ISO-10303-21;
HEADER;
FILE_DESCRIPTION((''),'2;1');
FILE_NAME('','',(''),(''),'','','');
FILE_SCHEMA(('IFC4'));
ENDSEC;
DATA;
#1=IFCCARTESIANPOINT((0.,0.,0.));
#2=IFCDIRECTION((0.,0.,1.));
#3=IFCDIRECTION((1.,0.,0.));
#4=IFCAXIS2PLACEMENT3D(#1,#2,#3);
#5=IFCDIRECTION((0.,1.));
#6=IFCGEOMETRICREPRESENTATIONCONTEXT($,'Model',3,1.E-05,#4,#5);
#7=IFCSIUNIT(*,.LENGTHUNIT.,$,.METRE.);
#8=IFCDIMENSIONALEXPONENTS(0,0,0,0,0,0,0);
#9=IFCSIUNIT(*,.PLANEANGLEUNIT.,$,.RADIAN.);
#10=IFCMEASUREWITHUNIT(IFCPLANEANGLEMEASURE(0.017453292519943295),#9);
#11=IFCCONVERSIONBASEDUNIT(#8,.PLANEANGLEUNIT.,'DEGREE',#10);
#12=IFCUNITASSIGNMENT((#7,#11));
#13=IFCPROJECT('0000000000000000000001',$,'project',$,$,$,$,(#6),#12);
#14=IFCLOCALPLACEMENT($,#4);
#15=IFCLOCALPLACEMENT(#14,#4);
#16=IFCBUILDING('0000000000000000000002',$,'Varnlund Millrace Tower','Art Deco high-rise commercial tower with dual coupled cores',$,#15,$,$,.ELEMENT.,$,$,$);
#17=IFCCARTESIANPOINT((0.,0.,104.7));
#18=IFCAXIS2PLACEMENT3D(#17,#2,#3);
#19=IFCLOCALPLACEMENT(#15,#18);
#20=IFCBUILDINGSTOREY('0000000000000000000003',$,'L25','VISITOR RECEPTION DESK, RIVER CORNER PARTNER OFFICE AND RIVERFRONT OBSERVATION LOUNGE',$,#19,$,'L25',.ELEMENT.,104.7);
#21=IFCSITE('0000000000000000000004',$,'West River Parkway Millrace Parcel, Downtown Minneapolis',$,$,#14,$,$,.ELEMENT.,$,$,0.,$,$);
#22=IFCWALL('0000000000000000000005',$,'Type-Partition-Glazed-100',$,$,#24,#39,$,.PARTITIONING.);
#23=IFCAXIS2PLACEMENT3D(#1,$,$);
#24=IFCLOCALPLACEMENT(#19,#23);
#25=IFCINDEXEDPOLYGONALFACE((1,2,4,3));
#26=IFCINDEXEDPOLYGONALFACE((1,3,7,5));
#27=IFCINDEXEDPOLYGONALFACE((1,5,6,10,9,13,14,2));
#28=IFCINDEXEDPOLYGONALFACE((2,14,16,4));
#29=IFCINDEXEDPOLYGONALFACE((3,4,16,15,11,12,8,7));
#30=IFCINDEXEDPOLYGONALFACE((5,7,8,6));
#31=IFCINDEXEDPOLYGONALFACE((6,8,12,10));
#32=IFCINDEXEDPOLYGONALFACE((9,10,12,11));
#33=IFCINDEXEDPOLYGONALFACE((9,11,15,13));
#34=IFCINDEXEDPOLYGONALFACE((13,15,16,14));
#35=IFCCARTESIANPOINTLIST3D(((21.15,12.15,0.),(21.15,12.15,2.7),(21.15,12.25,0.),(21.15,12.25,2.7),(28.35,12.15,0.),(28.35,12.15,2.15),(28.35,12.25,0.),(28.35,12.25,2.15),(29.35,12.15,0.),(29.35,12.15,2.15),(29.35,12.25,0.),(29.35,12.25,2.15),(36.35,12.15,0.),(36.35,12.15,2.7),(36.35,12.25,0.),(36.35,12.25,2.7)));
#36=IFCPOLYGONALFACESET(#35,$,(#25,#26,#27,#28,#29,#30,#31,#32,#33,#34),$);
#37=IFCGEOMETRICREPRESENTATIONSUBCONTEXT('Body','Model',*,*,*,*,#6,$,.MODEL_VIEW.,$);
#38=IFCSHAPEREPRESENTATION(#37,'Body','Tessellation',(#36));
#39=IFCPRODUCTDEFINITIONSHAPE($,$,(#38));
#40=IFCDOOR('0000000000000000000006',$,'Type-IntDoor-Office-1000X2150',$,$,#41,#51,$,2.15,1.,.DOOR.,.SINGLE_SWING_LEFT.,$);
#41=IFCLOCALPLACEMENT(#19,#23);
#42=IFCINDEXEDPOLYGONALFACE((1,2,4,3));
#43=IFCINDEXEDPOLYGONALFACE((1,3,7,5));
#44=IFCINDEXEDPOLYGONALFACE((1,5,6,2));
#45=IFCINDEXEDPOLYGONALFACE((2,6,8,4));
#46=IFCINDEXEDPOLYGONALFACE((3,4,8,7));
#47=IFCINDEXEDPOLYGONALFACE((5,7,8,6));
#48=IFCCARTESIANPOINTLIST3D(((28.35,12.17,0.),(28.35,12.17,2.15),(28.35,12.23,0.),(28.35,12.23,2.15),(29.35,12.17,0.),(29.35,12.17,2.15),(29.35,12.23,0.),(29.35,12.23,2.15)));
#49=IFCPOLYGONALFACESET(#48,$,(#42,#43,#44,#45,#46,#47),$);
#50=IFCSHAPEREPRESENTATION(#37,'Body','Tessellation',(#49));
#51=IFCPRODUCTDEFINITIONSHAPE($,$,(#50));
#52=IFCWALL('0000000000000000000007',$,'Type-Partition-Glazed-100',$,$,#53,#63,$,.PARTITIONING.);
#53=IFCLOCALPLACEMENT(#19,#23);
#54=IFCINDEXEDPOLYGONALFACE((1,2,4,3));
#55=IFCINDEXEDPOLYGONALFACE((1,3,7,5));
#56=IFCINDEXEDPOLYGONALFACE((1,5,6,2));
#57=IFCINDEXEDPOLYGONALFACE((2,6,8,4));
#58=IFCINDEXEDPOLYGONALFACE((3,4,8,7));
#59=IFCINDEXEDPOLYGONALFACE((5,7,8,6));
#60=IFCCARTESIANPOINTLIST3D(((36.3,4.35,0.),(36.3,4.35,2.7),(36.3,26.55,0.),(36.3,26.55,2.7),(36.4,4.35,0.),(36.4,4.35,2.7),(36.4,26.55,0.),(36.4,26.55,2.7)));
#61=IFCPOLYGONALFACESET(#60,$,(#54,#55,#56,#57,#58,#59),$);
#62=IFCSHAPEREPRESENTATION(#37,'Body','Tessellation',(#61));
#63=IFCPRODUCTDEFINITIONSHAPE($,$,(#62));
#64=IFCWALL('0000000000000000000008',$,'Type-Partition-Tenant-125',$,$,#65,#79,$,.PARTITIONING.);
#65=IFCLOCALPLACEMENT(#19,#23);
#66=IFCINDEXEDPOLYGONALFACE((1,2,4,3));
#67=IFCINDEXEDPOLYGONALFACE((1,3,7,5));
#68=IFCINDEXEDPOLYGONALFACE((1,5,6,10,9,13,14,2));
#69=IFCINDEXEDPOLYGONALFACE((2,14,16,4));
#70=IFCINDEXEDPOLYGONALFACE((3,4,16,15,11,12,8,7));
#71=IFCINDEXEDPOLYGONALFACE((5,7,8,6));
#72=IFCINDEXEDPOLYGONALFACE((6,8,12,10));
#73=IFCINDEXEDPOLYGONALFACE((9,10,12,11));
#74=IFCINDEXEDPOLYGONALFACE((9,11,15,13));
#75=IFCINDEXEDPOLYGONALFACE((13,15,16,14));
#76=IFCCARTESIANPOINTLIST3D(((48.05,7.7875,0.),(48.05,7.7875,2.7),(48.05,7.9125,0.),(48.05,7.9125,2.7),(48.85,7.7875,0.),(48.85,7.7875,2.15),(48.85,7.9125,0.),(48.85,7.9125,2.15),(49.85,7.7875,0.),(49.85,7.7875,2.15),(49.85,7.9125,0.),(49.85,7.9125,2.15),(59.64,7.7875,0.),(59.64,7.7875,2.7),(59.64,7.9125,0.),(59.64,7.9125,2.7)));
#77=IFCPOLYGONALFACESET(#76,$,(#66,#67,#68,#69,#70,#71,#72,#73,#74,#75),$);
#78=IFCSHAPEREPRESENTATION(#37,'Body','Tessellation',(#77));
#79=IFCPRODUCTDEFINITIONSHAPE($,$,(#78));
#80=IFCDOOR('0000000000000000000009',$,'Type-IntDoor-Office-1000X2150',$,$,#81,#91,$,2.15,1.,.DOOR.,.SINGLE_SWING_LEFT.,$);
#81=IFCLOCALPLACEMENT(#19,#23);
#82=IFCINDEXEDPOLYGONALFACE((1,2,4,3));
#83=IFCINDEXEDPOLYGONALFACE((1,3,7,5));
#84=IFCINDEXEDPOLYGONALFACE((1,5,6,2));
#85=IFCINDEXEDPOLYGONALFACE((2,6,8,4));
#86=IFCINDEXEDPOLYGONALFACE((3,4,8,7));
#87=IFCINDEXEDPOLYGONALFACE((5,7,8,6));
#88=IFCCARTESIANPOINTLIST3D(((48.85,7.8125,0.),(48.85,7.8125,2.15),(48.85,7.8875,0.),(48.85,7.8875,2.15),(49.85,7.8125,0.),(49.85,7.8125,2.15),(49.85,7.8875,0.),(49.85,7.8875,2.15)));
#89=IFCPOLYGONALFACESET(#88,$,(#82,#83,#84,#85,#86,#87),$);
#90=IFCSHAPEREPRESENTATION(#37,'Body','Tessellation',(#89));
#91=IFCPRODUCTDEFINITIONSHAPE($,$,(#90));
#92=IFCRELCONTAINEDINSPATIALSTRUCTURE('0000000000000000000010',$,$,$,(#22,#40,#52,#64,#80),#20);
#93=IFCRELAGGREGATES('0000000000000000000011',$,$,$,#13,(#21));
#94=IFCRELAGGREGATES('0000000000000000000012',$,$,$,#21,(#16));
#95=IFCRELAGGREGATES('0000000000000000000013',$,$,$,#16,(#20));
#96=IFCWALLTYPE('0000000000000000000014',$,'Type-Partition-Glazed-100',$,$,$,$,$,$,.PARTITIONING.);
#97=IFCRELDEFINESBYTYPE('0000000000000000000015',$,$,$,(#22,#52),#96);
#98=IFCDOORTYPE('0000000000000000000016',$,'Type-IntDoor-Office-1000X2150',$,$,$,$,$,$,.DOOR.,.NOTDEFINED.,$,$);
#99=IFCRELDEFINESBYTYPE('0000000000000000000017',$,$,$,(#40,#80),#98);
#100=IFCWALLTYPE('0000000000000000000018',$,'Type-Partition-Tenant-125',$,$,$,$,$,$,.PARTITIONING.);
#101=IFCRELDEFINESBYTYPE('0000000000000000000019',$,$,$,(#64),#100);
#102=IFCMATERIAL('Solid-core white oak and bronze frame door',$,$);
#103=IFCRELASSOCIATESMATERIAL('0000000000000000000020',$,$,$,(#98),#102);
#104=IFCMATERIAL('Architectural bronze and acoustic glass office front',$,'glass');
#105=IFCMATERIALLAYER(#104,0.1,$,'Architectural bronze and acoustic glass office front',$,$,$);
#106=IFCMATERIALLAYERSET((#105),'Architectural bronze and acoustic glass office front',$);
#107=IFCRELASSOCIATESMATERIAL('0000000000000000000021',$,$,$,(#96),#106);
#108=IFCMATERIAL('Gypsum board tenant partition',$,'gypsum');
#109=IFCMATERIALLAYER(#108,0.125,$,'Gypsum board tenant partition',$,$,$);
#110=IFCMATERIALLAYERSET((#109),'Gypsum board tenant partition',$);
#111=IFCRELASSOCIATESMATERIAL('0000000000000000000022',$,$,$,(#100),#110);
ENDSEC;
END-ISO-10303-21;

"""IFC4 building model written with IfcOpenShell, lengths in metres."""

from ifc_helpers import new_model, entity, si_unit, converted_unit, direction, frame, origin_with_axes, origin_2d_with_axis, place, context, subcontext, project, spatial, polyline, rectangle, outline, extrude, material, layer, layer_set, type_object, element, fill, save


model = new_model("IFC4")

# Units and contexts
model_context = context("Model", 3, precision=1e-05, world=origin_with_axes(), true_north=direction((0.0, 1.0)))
body_context = subcontext(model_context, "Body", "Model", "MODEL_VIEW")
ifc_project = project(units=[si_unit("LENGTHUNIT", "METRE"), converted_unit("PLANEANGLEUNIT", "DEGREE", entity("IfcPlaneAngleMeasure", 0.017453292519943295), si_unit("PLANEANGLEUNIT", "RADIAN"), dimensions=[0, 0, 0, 0, 0, 0, 0])], contexts=[model_context])

# Site, building, storey
site_placement = place(None, origin_with_axes())
site = spatial("IfcSite", under=ifc_project, at=site_placement, Name="West River Parkway Millrace Parcel, Downtown Minneapolis", CompositionType="ELEMENT", RefElevation=0.0)
building_placement = place(site_placement, origin_with_axes())
building = spatial("IfcBuilding", under=site, at=building_placement, Name="Varnlund Millrace Tower", Description="Art Deco high-rise commercial tower with dual coupled cores", CompositionType="ELEMENT")
storey_placement = place(building_placement, frame((0.0, 0.0, 104.7), z_axis=(0.0, 0.0, 1.0), x_axis=(1.0, 0.0, 0.0)))
storey = spatial("IfcBuildingStorey", under=building, at=storey_placement, Name="L25", Description="VISITOR RECEPTION DESK, RIVER CORNER PARTNER OFFICE AND RIVERFRONT OBSERVATION LOUNGE", LongName="L25", CompositionType="ELEMENT", Elevation=104.7)

# Shared definitions
ifc_material_1 = material(Name="Solid-core white oak and bronze frame door")
door_type_1 = type_object("IfcDoorType", Name="Type-IntDoor-Office-1000X2150", OperationType="NOTDEFINED", PredefinedType="DOOR", material=ifc_material_1)

# Wall, opening, door
ifc_material_2 = material(Name="Architectural bronze and acoustic glass office front", Category="glass")
ifc_layer_1 = layer(ifc_material_2, 0.1, Name="Architectural bronze and acoustic glass office front")
ifc_layer_set_1 = layer_set([ifc_layer_1], Name="Architectural bronze and acoustic glass office front")
wall_type_1 = type_object("IfcWallType", Name="Type-Partition-Glazed-100", PredefinedType="PARTITIONING", material=ifc_layer_set_1)
wall_1_placement = place(storey_placement, frame((21.15, 12.2, 0.0), z_axis=(0.0, 0.0, 1.0), x_axis=(1.0, 0.0, 0.0)))
wall_1 = element("IfcWall", 1, at=wall_1_placement, inside=storey, type_object=wall_type_1, Name="Type-Partition-Glazed-100", PredefinedType="PARTITIONING", context=body_context, shape_type="SweptSolid", body=[
    extrude(outline(polyline([(0.0, -0.05), (15.2, -0.05), (15.2, 0.05), (0.0, 0.05), (0.0, -0.05)])), origin_with_axes(), (0.0, 0.0, 1.0), 2.7),
])
opening_1_placement = place(wall_1_placement, frame((7.7, 0.0, 0.0), z_axis=(0.0, 0.0, 1.0), x_axis=(1.0, 0.0, 0.0)))
opening_1 = element("IfcOpeningElement", 2, at=opening_1_placement, cuts=wall_1, PredefinedType="OPENING", context=body_context, shape_type="SweptSolid", body=[
    extrude(rectangle(XDim=1.0, YDim=0.12, at=origin_2d_with_axis()), origin_with_axes(), (0.0, 0.0, 1.0), 2.15),
])
door_1_placement = place(wall_1_placement, frame((7.7, 0.0, 0.0), z_axis=(0.0, 0.0, 1.0), x_axis=(1.0, 0.0, 0.0)))
door_1 = element("IfcDoor", 3, at=door_1_placement, inside=storey, type_object=door_type_1, Name="Type-IntDoor-Office-1000X2150", OperationType="SINGLE_SWING_LEFT", OverallHeight=2.15, OverallWidth=1.0, PredefinedType="DOOR", context=body_context, shape_type="SweptSolid", body=[
    extrude(rectangle(XDim=1.0, YDim=0.06, at=origin_2d_with_axis()), origin_with_axes(), (0.0, 0.0, 1.0), 2.15),
])
fill(opening_1, door_1)

# Wall
wall_2_placement = place(storey_placement, frame((36.35, 4.35, 0.0), z_axis=(0.0, 0.0, 1.0), x_axis=(0.0, 1.0, 0.0)))
element("IfcWall", 4, at=wall_2_placement, inside=storey, type_object=wall_type_1, Name="Type-Partition-Glazed-100", PredefinedType="PARTITIONING", context=body_context, shape_type="SweptSolid", body=[
    extrude(outline(polyline([(0.0, -0.05), (22.2, -0.05), (22.2, 0.05), (0.0, 0.05), (0.0, -0.05)])), origin_with_axes(), (0.0, 0.0, 1.0), 2.7),
])

# Wall, opening, door
ifc_material_3 = material(Name="Gypsum board tenant partition", Category="gypsum")
ifc_layer_2 = layer(ifc_material_3, 0.125, Name="Gypsum board tenant partition")
ifc_layer_set_2 = layer_set([ifc_layer_2], Name="Gypsum board tenant partition")
wall_type_2 = type_object("IfcWallType", Name="Type-Partition-Tenant-125", PredefinedType="PARTITIONING", material=ifc_layer_set_2)
wall_3_placement = place(storey_placement, frame((59.64, 7.85, 0.0), z_axis=(0.0, 0.0, 1.0), x_axis=(-1.0, 0.0, 0.0)))
wall_3 = element("IfcWall", 5, at=wall_3_placement, inside=storey, type_object=wall_type_2, Name="Type-Partition-Tenant-125", PredefinedType="PARTITIONING", context=body_context, shape_type="SweptSolid", body=[
    extrude(outline(polyline([(0.0, -0.0625), (11.59, -0.0625), (11.59, 0.0625), (0.0, 0.0625), (0.0, -0.0625)])), origin_with_axes(), (0.0, 0.0, 1.0), 2.7),
])
opening_2_placement = place(wall_3_placement, frame((10.29, 0.0, 0.0), z_axis=(0.0, 0.0, 1.0), x_axis=(1.0, 0.0, 0.0)))
opening_2 = element("IfcOpeningElement", 6, at=opening_2_placement, cuts=wall_3, PredefinedType="OPENING", context=body_context, shape_type="SweptSolid", body=[
    extrude(rectangle(XDim=1.0, YDim=0.145, at=origin_2d_with_axis()), origin_with_axes(), (0.0, 0.0, 1.0), 2.15),
])
door_2_placement = place(wall_3_placement, frame((10.29, 0.0, 0.0), z_axis=(0.0, 0.0, 1.0), x_axis=(1.0, 0.0, 0.0)))
door_2 = element("IfcDoor", 7, at=door_2_placement, inside=storey, type_object=door_type_1, Name="Type-IntDoor-Office-1000X2150", OperationType="SINGLE_SWING_LEFT", OverallHeight=2.15, OverallWidth=1.0, PredefinedType="DOOR", context=body_context, shape_type="SweptSolid", body=[
    extrude(rectangle(XDim=1.0, YDim=0.075, at=origin_2d_with_axis()), origin_with_axes(), (0.0, 0.0, 1.0), 2.15),
])
fill(opening_2, door_2)

save(model, "model.ifc")
